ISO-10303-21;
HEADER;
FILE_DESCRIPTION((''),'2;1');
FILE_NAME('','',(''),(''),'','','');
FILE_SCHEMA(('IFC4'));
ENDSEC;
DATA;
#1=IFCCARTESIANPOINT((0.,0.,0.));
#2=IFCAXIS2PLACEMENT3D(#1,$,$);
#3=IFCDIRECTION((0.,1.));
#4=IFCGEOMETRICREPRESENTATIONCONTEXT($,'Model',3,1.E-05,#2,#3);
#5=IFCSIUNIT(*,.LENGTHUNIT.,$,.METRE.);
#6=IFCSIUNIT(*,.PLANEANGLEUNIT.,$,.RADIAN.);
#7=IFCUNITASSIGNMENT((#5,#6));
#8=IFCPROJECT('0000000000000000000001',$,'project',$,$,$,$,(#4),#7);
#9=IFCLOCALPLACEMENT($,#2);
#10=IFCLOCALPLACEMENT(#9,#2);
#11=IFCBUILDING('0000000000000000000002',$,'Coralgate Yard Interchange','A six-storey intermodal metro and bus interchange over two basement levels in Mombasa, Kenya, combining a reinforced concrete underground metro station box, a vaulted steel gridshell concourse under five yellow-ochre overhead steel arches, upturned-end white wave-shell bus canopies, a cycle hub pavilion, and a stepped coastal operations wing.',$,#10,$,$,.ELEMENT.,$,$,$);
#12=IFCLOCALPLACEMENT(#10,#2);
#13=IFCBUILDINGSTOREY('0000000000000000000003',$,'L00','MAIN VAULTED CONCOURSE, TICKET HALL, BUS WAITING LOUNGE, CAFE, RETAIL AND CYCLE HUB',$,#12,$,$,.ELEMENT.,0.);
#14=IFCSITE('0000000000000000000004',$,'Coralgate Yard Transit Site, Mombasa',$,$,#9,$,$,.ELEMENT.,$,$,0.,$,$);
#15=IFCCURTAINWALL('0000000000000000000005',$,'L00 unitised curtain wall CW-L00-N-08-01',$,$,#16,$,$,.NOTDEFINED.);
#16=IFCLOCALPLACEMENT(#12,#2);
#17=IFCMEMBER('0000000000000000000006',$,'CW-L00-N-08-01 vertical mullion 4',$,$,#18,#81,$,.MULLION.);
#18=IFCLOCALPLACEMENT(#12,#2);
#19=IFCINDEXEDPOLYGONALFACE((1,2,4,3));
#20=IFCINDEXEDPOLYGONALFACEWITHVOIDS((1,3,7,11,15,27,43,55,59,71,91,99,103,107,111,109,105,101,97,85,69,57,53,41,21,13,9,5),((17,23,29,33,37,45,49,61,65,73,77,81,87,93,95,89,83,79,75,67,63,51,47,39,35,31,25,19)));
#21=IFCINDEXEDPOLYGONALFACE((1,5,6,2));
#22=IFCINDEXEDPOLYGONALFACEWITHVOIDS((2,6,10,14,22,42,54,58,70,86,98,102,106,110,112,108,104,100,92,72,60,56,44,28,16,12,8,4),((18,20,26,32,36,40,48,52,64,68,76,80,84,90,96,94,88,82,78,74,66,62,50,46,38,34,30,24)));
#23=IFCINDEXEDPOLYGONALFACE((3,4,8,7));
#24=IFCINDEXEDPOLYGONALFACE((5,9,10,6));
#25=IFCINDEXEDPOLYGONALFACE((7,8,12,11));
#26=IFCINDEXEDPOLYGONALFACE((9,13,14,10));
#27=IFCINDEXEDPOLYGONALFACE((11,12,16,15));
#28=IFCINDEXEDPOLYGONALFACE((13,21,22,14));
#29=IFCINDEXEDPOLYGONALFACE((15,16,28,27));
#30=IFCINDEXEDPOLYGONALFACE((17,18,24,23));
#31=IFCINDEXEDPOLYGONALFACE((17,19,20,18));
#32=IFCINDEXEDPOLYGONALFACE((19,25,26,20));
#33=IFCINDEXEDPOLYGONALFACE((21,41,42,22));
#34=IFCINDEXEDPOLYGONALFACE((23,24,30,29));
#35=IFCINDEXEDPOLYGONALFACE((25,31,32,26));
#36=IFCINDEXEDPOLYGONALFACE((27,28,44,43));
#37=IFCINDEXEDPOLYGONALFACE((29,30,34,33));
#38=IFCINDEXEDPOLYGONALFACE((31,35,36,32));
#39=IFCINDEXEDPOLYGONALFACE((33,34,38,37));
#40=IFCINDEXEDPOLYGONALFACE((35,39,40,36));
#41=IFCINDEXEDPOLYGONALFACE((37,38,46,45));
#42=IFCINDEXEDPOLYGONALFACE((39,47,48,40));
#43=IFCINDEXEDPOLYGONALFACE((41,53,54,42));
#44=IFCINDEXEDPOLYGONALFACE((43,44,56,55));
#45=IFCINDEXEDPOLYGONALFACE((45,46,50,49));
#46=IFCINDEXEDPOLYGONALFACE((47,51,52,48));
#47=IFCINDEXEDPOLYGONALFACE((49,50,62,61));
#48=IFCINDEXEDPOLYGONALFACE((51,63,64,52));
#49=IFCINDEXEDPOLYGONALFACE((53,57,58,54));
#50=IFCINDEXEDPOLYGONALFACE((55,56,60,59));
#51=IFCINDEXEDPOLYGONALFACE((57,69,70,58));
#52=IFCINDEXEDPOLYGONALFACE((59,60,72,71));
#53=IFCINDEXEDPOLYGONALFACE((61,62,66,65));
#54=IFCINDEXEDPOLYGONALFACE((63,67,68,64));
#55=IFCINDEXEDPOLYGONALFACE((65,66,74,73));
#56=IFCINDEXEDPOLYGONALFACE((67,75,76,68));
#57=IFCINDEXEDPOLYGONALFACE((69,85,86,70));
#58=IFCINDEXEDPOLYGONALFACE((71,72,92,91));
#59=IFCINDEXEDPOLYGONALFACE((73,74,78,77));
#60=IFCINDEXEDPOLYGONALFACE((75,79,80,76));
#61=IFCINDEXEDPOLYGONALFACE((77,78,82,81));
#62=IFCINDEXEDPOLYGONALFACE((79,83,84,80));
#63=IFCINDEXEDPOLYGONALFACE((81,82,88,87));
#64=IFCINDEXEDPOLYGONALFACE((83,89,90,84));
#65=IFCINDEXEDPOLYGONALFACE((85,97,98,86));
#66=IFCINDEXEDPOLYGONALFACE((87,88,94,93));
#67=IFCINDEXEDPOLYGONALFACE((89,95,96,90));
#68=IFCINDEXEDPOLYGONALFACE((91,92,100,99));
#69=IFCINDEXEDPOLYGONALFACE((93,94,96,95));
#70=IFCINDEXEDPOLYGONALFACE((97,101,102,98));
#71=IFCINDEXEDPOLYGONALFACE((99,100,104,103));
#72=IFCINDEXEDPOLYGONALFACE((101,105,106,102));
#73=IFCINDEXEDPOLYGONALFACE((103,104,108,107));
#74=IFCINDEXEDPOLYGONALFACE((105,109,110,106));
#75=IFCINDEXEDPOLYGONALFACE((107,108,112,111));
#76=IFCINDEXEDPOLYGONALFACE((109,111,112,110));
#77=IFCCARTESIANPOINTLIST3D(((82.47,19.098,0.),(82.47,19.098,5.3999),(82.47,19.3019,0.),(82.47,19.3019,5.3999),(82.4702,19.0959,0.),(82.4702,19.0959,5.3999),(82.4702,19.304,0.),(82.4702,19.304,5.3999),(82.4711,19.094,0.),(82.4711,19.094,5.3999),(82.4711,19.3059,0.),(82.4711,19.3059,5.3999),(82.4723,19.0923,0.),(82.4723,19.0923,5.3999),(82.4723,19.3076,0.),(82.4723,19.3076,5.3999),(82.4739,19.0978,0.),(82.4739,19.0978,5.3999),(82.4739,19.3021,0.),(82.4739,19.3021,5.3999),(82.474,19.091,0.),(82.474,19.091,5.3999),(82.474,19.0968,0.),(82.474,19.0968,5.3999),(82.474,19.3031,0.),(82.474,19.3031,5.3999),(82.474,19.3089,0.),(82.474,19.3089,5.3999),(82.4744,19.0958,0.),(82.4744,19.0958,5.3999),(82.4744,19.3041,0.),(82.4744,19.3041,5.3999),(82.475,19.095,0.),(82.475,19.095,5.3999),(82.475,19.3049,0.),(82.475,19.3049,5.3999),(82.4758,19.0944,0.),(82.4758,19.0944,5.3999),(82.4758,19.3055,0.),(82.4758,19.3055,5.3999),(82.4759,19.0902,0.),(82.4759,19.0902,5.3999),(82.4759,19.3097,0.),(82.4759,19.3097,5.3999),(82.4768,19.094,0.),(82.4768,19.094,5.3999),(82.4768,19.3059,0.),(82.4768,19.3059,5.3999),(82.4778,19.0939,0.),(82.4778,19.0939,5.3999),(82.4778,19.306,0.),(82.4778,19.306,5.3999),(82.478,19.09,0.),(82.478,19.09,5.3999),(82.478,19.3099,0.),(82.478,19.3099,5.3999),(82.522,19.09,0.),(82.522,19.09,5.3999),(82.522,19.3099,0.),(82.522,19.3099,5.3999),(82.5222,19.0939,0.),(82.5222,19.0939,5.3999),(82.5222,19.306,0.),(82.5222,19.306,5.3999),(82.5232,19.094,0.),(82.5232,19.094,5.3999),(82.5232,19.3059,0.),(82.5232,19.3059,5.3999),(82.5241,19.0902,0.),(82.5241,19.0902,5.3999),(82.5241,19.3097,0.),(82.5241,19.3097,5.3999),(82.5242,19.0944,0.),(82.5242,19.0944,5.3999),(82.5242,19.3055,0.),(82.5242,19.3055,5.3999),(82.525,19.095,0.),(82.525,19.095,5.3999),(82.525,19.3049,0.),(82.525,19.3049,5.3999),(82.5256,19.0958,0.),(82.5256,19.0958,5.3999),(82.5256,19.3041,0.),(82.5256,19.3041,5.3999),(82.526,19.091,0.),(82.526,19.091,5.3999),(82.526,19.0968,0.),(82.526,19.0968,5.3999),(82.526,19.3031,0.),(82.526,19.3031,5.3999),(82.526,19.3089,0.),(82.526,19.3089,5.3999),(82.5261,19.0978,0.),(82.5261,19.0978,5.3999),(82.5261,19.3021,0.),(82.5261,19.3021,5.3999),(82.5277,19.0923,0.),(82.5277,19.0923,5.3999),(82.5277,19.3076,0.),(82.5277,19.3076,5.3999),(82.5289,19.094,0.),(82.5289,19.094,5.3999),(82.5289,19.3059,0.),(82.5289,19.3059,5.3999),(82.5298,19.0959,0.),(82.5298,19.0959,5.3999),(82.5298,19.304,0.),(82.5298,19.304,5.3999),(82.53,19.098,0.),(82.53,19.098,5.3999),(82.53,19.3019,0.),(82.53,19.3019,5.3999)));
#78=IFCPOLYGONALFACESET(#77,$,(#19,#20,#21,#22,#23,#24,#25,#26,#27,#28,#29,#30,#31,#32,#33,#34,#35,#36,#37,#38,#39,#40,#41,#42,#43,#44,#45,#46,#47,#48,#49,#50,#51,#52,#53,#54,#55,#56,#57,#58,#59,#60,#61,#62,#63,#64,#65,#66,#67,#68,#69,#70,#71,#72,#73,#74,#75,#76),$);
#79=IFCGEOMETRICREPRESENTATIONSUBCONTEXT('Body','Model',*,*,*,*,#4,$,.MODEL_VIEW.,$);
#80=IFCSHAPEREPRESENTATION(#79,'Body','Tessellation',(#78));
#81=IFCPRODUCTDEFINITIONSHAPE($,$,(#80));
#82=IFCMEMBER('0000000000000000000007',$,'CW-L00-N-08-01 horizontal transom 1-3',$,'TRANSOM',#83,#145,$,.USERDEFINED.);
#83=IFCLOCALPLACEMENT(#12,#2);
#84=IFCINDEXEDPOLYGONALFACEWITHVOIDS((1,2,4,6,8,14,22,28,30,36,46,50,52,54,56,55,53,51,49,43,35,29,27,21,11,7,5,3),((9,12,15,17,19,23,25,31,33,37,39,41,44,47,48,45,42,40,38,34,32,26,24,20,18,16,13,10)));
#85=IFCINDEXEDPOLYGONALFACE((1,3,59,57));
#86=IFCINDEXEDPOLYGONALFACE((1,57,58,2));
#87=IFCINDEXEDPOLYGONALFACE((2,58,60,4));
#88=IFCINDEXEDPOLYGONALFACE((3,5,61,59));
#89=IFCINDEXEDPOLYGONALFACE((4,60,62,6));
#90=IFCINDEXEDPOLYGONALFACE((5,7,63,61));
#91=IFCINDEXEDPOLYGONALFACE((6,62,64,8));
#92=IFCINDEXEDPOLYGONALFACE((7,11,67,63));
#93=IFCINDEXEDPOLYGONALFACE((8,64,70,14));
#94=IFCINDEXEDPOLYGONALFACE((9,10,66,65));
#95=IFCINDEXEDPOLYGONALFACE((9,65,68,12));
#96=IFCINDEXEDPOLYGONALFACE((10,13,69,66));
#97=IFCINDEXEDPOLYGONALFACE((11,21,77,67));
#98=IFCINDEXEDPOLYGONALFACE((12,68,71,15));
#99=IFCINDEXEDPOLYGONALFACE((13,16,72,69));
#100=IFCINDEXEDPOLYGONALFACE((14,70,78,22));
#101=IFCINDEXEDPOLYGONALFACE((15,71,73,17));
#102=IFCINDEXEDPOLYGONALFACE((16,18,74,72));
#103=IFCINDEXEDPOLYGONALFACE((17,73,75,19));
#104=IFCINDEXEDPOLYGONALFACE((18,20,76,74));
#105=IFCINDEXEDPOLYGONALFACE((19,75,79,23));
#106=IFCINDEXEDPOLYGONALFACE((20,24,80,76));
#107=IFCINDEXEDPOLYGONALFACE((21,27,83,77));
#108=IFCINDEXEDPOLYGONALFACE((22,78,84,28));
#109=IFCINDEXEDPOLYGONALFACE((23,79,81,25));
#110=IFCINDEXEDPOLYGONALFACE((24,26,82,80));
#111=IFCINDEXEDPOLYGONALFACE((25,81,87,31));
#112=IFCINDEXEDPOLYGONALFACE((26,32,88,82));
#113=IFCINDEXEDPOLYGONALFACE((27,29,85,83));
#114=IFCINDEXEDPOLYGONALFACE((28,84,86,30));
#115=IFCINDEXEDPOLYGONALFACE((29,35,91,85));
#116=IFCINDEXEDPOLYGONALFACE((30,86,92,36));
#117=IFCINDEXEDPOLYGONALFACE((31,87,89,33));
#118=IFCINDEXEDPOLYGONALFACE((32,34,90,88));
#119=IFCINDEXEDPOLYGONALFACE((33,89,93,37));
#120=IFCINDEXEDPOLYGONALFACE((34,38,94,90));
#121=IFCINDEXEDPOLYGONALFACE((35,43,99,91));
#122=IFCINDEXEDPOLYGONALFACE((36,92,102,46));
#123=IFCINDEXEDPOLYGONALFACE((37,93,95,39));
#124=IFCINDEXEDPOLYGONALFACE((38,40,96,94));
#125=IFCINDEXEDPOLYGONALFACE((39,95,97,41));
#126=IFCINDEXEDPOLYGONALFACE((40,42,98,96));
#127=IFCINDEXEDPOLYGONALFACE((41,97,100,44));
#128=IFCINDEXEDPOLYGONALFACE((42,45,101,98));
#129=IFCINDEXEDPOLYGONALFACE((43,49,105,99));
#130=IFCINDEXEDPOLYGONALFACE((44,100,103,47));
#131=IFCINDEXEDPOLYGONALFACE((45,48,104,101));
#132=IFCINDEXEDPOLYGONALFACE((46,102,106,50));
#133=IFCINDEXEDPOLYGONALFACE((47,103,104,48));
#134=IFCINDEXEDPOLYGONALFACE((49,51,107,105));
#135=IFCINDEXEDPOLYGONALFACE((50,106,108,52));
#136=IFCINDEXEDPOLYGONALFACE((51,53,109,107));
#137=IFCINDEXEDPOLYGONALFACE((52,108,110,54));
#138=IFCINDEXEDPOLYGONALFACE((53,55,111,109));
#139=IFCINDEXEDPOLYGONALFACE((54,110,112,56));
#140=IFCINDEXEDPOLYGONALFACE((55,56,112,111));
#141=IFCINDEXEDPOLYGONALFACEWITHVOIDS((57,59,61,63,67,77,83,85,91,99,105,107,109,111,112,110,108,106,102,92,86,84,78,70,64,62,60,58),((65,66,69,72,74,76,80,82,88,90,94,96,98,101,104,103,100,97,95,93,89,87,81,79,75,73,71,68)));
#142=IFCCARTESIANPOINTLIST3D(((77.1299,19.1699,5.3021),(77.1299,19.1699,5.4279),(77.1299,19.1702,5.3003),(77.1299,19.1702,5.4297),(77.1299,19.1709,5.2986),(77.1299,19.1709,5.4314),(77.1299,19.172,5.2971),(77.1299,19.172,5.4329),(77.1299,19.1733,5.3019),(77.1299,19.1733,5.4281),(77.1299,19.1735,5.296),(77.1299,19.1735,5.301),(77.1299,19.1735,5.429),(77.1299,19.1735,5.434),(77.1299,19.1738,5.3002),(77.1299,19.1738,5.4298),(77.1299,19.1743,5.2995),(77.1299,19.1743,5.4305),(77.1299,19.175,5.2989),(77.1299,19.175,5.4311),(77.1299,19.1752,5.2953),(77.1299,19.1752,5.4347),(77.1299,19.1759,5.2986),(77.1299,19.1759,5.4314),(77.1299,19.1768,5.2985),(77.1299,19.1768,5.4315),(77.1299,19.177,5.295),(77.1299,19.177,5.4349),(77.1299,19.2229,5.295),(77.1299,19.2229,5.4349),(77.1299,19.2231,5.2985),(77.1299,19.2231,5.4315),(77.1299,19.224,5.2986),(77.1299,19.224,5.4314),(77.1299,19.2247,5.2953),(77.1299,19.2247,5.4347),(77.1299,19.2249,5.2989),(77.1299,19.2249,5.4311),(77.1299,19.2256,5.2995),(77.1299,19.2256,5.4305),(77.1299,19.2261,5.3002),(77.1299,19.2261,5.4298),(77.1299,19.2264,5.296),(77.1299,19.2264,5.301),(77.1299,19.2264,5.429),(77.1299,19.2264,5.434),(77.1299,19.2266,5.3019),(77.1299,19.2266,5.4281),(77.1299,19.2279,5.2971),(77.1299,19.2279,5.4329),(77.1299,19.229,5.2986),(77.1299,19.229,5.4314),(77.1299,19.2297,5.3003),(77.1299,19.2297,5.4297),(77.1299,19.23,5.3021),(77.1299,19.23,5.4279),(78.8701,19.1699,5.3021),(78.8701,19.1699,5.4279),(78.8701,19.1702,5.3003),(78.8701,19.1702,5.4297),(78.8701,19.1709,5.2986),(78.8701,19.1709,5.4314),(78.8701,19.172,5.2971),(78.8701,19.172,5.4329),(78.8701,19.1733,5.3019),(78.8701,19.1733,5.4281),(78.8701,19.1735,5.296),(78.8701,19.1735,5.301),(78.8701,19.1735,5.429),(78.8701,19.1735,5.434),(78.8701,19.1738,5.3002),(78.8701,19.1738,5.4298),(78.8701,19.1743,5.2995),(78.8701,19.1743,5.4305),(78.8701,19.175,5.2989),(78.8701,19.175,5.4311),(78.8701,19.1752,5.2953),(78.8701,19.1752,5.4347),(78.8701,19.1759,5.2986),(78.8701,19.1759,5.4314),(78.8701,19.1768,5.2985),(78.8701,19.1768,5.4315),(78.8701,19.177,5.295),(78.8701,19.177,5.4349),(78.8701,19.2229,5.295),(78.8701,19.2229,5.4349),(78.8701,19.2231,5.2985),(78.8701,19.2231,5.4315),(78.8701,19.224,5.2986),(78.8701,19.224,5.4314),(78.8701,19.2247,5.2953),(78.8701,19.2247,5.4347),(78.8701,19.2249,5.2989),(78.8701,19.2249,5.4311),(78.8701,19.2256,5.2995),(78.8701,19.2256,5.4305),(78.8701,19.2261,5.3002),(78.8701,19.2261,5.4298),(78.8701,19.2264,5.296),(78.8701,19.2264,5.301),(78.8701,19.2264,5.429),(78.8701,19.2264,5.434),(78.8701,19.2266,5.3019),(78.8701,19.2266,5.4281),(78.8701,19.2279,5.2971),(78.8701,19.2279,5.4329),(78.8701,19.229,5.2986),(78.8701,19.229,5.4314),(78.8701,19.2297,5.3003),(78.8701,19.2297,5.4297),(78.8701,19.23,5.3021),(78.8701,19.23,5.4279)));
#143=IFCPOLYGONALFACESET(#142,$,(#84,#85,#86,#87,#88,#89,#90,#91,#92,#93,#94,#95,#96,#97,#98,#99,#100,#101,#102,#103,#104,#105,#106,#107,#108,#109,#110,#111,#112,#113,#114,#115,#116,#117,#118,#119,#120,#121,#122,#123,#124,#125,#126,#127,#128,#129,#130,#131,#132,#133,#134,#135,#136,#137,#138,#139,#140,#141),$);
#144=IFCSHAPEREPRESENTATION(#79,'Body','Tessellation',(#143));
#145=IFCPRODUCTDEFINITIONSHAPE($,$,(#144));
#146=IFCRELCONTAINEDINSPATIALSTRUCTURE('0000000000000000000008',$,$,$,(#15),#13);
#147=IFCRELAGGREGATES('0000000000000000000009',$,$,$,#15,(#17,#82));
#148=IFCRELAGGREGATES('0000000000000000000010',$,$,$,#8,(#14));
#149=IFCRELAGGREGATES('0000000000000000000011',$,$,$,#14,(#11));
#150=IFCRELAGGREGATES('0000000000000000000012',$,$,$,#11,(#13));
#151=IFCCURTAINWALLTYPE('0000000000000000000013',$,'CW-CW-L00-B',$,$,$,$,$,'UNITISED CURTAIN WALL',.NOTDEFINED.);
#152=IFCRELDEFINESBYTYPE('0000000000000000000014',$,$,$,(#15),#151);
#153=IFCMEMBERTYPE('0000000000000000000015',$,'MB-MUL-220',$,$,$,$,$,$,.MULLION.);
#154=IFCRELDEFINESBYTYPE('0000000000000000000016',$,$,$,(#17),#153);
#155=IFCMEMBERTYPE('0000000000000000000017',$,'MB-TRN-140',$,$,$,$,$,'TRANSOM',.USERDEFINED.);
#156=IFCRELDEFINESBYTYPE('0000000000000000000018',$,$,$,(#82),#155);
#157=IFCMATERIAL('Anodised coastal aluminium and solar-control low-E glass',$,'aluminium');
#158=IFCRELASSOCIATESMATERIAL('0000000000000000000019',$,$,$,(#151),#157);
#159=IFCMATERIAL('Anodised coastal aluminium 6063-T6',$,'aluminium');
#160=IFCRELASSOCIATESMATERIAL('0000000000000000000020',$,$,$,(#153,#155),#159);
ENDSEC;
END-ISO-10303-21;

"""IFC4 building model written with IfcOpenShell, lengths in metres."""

from ifc_helpers import new_model, si_unit, direction, frame, origin, origin_2d, place, context, subcontext, project, spatial, hollow_rectangle, extrude, material, material_profile, profile_set, type_object, element, aggregate, save


model = new_model("IFC4")

# Units and contexts
model_context = context("Model", 3, precision=1e-05, world=origin(), true_north=direction((0.0, 1.0)))
body_context = subcontext(model_context, "Body", "Model", "MODEL_VIEW")
ifc_project = project(units=[si_unit("LENGTHUNIT", "METRE"), si_unit("PLANEANGLEUNIT", "RADIAN")], contexts=[model_context])

# Site, building, storey
site_placement = place(None, origin())
site = spatial("IfcSite", under=ifc_project, at=site_placement, Name="Coralgate Yard Transit Site, Mombasa", CompositionType="ELEMENT", RefElevation=0.0)
building_placement = place(site_placement, origin())
building = spatial("IfcBuilding", under=site, at=building_placement, Name="Coralgate Yard Interchange", Description="A six-storey intermodal metro and bus interchange over two basement levels in Mombasa, Kenya, combining a reinforced concrete underground metro station box, a vaulted steel gridshell concourse under five yellow-ochre overhead steel arches, upturned-end white wave-shell bus canopies, a cycle hub pavilion, and a stepped coastal operations wing.", CompositionType="ELEMENT")
storey_placement = place(building_placement, origin())
storey = spatial("IfcBuildingStorey", under=building, at=storey_placement, Name="L00", Description="MAIN VAULTED CONCOURSE, TICKET HALL, BUS WAITING LOUNGE, CAFE, RETAIL AND CYCLE HUB", CompositionType="ELEMENT", Elevation=0.0)

# Curtain wall, members
ifc_material_1 = material(Name="Anodised coastal aluminium and solar-control low-E glass", Category="aluminium")
curtain_wall_type = type_object("IfcCurtainWallType", Name="CW-CW-L00-B", ElementType="UNITISED CURTAIN WALL", PredefinedType="NOTDEFINED", material=ifc_material_1)
curtain_wall_placement = place(storey_placement, origin())
curtain_wall = element("IfcCurtainWall", 1, at=curtain_wall_placement, inside=storey, type_object=curtain_wall_type, Name="L00 unitised curtain wall CW-L00-N-08-01", PredefinedType="NOTDEFINED")
ifc_material_2 = material(Name="Anodised coastal aluminium 6063-T6", Category="aluminium")
ifc_material_profile_1 = material_profile(ifc_material_2, hollow_rectangle(XDim=0.0601, YDim=0.22, WallThickness=0.0039, InnerFilletRadius=0.0039, OuterFilletRadius=0.0081, at=origin_2d()), Name="ALU 60x220x4")
ifc_profile_set_1 = profile_set([ifc_material_profile_1], Name="Anodised coastal aluminium 6063-T6")
member_type_1 = type_object("IfcMemberType", Name="MB-MUL-220", PredefinedType="MULLION", material=ifc_profile_set_1)
member_1_placement = place(storey_placement, frame((82.5, 19.2, 0.0), z_axis=(0.0, 0.0, 1.0), x_axis=(1.0, 0.0, 0.0)))
member_1 = element("IfcMember", 2, at=member_1_placement, type_object=member_type_1, Name="CW-L00-N-08-01 vertical mullion 4", PredefinedType="MULLION", context=body_context, shape_type="SweptSolid", body=[
    extrude(hollow_rectangle(XDim=0.0601, YDim=0.22, WallThickness=0.0039, InnerFilletRadius=0.0039, OuterFilletRadius=0.0081, at=origin_2d()), origin(), (0.0, 0.0, 1.0), 5.3999),
])
ifc_material_profile_2 = material_profile(ifc_material_2, hollow_rectangle(XDim=0.0601, YDim=0.1399, WallThickness=0.0034, InnerFilletRadius=0.0034, OuterFilletRadius=0.0071, at=origin_2d()), Name="ALU 60x140x3.5")
ifc_profile_set_2 = profile_set([ifc_material_profile_2], Name="Anodised coastal aluminium 6063-T6")
member_type_2 = type_object("IfcMemberType", Name="MB-TRN-140", ElementType="TRANSOM", PredefinedType="USERDEFINED", material=ifc_profile_set_2)
member_2_placement = place(storey_placement, frame((77.1299, 19.2, 5.365), z_axis=(1.0, 0.0, 0.0), x_axis=(0.0, 1.0, 0.0)))
member_2 = element("IfcMember", 3, at=member_2_placement, type_object=member_type_2, Name="CW-L00-N-08-01 horizontal transom 1-3", ObjectType="TRANSOM", PredefinedType="USERDEFINED", context=body_context, shape_type="SweptSolid", body=[
    extrude(hollow_rectangle(XDim=0.0601, YDim=0.1399, WallThickness=0.0034, InnerFilletRadius=0.0034, OuterFilletRadius=0.0071, at=origin_2d()), origin(), (0.0, 0.0, 1.0), 1.7402),
])
aggregate(curtain_wall, [member_1, member_2])

save(model, "model.ifc")
